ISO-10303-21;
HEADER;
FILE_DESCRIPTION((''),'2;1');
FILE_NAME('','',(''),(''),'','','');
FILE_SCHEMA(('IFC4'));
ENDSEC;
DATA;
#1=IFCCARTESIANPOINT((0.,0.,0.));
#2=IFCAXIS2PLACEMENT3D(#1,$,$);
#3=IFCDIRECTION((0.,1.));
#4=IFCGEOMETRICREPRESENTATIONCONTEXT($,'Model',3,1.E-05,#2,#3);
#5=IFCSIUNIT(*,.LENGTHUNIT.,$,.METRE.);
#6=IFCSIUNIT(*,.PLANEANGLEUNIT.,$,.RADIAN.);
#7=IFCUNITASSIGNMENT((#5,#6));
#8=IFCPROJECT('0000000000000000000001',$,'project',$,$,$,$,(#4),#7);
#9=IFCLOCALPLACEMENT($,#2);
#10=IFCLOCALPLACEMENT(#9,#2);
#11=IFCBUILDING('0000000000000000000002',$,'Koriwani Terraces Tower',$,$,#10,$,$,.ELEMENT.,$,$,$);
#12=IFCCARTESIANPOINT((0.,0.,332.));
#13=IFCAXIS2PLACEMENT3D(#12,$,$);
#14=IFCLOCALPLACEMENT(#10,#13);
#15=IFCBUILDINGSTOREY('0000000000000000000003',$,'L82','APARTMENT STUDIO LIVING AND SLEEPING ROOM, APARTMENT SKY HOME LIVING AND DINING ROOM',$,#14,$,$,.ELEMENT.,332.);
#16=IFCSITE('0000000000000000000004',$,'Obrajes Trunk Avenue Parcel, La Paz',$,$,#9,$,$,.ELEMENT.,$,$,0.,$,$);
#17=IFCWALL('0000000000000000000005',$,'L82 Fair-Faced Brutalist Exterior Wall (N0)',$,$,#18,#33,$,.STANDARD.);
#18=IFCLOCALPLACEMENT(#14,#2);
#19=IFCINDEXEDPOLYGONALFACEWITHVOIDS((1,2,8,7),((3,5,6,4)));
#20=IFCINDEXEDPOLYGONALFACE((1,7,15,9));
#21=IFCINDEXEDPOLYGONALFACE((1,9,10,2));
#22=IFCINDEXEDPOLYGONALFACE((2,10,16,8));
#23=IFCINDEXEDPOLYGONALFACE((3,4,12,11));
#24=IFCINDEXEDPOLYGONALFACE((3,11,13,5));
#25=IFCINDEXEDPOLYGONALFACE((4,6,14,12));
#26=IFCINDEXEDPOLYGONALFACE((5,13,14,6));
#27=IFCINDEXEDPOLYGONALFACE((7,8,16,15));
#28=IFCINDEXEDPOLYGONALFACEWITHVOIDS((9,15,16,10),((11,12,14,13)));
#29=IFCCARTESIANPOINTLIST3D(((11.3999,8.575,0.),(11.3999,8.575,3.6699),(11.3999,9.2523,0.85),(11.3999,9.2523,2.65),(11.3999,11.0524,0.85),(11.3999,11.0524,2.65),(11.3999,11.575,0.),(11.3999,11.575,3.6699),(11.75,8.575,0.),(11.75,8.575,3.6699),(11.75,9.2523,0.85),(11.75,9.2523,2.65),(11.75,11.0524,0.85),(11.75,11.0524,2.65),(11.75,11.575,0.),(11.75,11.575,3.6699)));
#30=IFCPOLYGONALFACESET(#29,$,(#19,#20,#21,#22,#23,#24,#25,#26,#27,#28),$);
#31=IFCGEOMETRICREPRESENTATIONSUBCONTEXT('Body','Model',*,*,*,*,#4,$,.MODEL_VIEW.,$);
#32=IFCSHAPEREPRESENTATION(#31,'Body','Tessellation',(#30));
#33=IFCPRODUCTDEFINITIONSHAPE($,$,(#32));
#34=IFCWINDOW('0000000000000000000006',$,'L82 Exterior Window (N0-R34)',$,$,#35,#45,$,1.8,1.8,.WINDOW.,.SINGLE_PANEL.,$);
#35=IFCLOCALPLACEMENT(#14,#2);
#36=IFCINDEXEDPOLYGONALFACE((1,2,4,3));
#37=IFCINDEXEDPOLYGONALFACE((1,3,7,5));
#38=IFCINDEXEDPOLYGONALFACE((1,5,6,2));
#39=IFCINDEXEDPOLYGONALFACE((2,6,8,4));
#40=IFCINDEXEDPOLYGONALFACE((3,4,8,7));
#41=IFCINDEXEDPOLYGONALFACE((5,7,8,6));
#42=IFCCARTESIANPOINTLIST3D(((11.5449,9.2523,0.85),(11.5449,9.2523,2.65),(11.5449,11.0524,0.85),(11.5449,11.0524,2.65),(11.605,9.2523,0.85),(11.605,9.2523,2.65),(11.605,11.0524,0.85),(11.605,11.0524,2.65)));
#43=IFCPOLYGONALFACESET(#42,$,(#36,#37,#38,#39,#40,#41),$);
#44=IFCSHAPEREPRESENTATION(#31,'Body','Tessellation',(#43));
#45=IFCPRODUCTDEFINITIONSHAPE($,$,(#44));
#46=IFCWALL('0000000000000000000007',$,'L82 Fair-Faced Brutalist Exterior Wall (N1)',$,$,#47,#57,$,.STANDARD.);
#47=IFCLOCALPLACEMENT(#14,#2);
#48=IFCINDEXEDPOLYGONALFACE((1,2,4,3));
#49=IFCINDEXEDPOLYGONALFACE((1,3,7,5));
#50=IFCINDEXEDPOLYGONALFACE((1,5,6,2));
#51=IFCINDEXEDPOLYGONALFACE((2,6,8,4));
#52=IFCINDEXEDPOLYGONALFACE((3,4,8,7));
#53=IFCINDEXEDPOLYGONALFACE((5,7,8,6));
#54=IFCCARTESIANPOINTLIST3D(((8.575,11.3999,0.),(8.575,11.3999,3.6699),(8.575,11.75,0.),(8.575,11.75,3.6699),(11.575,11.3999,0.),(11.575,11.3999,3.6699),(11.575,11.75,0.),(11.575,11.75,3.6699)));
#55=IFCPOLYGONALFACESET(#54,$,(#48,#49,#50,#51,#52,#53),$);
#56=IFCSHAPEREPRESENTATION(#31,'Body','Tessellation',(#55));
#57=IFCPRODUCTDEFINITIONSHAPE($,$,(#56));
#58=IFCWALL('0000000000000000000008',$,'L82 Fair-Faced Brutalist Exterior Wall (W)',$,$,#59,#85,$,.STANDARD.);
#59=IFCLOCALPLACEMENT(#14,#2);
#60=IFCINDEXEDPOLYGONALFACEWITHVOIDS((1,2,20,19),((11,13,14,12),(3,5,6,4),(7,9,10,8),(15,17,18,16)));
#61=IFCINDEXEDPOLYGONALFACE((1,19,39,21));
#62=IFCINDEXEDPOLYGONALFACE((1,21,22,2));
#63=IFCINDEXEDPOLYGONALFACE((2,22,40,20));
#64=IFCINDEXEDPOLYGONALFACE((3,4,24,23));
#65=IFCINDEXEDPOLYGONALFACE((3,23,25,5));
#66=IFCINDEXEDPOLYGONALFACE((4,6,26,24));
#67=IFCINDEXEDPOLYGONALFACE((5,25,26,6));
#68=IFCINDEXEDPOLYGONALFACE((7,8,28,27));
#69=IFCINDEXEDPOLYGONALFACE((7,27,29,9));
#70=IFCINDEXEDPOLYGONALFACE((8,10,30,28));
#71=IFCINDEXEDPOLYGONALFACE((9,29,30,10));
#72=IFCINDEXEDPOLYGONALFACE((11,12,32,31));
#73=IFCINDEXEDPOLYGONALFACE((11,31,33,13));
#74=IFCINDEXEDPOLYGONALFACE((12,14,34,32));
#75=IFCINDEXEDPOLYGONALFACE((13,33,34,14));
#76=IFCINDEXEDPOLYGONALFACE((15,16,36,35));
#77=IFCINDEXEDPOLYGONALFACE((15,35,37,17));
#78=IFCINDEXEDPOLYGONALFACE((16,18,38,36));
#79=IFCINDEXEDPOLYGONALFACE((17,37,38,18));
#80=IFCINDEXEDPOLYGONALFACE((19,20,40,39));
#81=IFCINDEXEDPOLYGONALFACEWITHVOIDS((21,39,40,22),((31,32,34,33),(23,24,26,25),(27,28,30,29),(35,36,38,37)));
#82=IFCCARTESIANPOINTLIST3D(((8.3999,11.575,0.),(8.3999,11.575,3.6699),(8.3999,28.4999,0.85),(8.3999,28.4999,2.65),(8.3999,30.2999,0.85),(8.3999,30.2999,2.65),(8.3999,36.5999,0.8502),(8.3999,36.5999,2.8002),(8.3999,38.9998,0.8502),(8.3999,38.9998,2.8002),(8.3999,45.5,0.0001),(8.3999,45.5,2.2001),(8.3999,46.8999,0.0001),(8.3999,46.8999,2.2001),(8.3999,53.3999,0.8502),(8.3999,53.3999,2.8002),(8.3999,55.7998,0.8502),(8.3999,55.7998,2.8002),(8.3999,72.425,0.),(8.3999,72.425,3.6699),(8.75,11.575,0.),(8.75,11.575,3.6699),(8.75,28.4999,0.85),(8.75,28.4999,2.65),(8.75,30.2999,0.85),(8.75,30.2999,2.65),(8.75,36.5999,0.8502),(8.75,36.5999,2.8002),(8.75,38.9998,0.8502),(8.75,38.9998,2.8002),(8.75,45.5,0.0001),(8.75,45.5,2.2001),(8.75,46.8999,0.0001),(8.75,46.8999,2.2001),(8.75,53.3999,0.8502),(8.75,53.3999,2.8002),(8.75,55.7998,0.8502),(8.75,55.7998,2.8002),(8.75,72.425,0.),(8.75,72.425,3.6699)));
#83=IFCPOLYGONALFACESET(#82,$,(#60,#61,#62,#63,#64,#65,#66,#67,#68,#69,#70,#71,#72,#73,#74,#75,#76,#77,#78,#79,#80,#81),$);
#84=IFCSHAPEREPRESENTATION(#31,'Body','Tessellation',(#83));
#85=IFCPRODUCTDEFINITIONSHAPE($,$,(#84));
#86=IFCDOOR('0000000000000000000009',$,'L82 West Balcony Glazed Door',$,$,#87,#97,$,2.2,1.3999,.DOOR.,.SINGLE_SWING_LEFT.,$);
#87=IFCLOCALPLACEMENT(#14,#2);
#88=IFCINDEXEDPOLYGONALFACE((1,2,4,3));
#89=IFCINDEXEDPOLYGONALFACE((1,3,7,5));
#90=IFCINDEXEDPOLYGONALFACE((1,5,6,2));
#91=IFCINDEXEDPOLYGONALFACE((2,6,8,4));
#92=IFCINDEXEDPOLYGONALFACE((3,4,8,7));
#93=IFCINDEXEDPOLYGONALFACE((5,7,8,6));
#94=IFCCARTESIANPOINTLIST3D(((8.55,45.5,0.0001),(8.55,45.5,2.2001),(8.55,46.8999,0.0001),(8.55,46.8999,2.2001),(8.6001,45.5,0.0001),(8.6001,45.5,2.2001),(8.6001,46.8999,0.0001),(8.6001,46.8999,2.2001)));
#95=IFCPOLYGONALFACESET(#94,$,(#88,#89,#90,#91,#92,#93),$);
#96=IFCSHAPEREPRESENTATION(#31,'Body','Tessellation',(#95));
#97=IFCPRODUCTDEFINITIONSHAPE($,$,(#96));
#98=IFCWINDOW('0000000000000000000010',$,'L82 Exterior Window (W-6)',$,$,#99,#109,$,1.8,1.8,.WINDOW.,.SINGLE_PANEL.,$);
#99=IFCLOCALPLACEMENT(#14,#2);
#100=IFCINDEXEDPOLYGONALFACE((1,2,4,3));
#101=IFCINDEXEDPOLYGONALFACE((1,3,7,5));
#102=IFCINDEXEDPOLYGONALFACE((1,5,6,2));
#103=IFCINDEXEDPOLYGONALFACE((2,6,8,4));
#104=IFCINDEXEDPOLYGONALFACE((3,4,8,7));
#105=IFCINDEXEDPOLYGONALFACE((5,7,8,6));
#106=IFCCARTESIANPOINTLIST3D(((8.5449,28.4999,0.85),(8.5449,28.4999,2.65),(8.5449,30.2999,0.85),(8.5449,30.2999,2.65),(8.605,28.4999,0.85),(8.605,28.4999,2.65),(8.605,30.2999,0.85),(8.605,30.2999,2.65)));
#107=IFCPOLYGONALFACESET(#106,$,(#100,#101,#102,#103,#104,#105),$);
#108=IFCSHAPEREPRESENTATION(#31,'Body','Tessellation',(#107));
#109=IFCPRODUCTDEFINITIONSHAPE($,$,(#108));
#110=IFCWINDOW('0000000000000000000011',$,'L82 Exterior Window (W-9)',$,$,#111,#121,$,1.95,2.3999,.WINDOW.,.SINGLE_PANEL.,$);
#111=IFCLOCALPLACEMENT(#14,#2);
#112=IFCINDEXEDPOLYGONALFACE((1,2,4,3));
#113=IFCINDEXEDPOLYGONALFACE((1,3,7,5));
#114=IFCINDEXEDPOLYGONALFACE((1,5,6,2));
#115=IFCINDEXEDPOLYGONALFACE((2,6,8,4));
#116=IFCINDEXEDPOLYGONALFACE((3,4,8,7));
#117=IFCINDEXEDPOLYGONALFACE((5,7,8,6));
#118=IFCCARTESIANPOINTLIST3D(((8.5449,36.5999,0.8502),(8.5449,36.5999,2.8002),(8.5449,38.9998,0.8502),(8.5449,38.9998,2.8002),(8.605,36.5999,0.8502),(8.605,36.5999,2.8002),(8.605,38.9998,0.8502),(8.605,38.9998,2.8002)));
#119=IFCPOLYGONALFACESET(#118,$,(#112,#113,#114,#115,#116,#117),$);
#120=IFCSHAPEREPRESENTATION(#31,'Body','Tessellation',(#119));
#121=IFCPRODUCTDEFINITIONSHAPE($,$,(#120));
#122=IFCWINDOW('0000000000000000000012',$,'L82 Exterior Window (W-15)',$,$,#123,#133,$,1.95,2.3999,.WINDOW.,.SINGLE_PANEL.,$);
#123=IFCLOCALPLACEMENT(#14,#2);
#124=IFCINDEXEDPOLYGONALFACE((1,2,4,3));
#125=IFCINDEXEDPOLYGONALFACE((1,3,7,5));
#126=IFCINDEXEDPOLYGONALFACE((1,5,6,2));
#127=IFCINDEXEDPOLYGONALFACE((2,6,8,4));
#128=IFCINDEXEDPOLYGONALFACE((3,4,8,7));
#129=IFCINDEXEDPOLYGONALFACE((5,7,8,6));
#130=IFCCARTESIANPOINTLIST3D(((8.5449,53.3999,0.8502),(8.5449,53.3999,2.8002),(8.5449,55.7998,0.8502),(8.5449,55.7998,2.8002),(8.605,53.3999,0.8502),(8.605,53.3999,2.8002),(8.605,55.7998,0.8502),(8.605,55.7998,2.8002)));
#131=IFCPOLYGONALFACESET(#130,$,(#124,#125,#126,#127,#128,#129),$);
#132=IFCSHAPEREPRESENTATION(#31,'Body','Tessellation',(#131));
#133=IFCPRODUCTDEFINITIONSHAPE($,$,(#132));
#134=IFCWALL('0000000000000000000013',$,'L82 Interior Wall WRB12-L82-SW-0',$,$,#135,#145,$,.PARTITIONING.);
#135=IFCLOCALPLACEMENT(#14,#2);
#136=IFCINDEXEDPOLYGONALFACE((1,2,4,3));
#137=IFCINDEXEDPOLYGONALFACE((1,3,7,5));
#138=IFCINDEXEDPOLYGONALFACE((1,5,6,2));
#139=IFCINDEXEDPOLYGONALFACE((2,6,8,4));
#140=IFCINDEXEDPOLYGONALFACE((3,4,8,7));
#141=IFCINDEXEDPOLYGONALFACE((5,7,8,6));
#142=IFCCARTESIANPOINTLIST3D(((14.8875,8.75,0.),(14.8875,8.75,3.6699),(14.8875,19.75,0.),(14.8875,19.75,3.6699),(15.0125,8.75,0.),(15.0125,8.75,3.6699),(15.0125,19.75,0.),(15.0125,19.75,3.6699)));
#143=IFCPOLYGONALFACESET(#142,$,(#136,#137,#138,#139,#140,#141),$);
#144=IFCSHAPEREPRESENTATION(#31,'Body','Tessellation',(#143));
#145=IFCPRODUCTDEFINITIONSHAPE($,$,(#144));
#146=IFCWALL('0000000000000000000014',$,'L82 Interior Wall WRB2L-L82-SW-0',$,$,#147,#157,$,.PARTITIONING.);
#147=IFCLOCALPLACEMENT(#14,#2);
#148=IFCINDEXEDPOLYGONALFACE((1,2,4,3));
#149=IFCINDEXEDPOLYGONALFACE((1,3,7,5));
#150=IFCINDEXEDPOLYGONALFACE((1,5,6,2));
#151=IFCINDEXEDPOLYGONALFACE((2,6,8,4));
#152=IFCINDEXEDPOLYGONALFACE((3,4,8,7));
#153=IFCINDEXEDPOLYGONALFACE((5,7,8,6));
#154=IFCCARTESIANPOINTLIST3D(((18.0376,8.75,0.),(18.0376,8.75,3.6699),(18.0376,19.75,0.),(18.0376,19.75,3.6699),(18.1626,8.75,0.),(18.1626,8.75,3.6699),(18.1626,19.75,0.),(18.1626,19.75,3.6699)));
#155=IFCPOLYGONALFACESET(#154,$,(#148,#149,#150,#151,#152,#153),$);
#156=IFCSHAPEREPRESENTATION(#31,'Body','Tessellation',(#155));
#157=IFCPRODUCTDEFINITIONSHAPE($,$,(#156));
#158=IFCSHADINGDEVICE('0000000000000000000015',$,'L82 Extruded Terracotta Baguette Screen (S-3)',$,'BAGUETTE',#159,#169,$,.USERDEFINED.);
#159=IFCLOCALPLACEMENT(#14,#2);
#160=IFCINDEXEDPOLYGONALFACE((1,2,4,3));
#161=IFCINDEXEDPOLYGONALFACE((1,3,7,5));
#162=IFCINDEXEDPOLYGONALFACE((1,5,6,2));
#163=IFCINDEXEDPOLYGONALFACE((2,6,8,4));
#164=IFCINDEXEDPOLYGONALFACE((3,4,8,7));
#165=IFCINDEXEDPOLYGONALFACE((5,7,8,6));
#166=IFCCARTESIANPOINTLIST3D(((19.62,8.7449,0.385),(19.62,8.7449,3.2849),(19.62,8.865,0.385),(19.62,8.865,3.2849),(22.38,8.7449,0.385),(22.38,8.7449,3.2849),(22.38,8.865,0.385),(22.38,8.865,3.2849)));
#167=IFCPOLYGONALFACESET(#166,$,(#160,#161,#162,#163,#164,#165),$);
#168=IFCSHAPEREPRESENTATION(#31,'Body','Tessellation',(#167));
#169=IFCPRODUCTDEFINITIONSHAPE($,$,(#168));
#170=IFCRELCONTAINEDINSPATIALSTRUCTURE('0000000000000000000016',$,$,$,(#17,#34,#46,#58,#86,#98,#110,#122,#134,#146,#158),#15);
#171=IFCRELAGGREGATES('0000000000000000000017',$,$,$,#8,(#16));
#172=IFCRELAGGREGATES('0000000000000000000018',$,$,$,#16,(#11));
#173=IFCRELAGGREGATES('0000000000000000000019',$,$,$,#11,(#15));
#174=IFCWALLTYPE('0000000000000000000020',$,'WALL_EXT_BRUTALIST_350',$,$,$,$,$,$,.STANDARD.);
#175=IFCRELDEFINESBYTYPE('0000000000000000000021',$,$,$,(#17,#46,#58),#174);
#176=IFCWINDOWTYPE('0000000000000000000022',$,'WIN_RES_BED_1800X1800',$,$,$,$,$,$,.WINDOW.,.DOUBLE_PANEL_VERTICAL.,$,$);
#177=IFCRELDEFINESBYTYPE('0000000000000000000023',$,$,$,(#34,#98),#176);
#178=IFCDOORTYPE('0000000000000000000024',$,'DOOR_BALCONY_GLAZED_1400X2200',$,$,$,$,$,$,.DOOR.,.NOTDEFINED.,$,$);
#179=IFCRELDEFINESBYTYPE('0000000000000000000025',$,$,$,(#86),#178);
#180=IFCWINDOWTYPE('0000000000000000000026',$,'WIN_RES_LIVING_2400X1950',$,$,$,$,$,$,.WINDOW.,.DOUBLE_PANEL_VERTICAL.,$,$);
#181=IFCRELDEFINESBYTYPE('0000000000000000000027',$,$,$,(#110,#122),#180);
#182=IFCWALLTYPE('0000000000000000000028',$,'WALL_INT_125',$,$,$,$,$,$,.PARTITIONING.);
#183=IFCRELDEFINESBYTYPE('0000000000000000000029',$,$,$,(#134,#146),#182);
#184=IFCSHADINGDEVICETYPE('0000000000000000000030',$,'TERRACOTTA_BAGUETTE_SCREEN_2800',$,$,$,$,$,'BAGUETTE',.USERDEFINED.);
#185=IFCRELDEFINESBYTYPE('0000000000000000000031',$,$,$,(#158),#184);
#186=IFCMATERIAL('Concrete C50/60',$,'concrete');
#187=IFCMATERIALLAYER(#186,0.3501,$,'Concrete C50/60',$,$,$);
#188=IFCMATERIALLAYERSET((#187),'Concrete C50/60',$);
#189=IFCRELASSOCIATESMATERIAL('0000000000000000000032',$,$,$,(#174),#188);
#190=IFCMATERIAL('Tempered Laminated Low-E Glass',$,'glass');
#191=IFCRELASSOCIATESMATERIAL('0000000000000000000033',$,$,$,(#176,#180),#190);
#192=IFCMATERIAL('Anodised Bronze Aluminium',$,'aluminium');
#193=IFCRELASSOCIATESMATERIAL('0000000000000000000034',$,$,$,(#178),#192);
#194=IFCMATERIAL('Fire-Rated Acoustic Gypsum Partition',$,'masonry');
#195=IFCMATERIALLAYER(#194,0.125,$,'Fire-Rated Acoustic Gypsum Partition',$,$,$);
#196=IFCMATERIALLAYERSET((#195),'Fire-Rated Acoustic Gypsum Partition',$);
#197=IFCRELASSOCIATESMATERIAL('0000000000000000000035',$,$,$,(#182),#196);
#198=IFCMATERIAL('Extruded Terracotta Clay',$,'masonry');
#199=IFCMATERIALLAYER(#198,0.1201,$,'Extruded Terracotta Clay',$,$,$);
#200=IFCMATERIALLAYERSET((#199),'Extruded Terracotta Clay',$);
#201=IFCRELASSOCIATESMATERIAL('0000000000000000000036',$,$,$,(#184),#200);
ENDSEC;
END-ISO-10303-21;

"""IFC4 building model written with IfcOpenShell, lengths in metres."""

from ifc_helpers import new_model, si_unit, direction, frame, frame_2d, origin, origin_2d, place, context, subcontext, project, spatial, rectangle, extrude, material, layer, layer_set, type_object, element, fill, save


model = new_model("IFC4")

# Units and contexts
model_context = context("Model", 3, precision=1e-05, world=origin(), true_north=direction((0.0, 1.0)))
body_context = subcontext(model_context, "Body", "Model", "MODEL_VIEW")
ifc_project = project(units=[si_unit("LENGTHUNIT", "METRE"), si_unit("PLANEANGLEUNIT", "RADIAN")], contexts=[model_context])

# Site, building, storey
site_placement = place(None, origin())
site = spatial("IfcSite", under=ifc_project, at=site_placement, Name="Obrajes Trunk Avenue Parcel, La Paz", CompositionType="ELEMENT", RefElevation=0.0)
building_placement = place(site_placement, origin())
building = spatial("IfcBuilding", under=site, at=building_placement, Name="Koriwani Terraces Tower", CompositionType="ELEMENT")
storey_placement = place(building_placement, frame((0.0, 0.0, 332.0)))
storey = spatial("IfcBuildingStorey", under=building, at=storey_placement, Name="L82", Description="APARTMENT STUDIO LIVING AND SLEEPING ROOM, APARTMENT SKY HOME LIVING AND DINING ROOM", CompositionType="ELEMENT", Elevation=332.0)

# Shared definitions
ifc_material_1 = material(Name="Concrete C50/60", Category="concrete")

# Wall, opening, window
ifc_layer_1 = layer(ifc_material_1, 0.3501, Name="Concrete C50/60")
ifc_layer_set_1 = layer_set([ifc_layer_1], Name="Concrete C50/60")
wall_type_1 = type_object("IfcWallType", Name="WALL_EXT_BRUTALIST_350", PredefinedType="STANDARD", material=ifc_layer_set_1)
wall_1_placement = place(storey_placement, frame((11.575, 8.575, 0.0), z_axis=(0.0, 0.0, 1.0), x_axis=(0.0, 1.0, 0.0)))
wall_1 = element("IfcWall", 1, at=wall_1_placement, inside=storey, type_object=wall_type_1, Name="L82 Fair-Faced Brutalist Exterior Wall (N0)", PredefinedType="STANDARD", context=body_context, shape_type="SweptSolid", body=[
    extrude(rectangle(XDim=3.0, YDim=0.3501, at=frame_2d((1.5, 0.0))), origin(), (0.0, 0.0, 1.0), 3.6699),
])
opening_1_placement = place(wall_1_placement, frame((0.6775, 0.0, 0.8501)))
opening_1 = element("IfcOpeningElement", 2, at=opening_1_placement, cuts=wall_1, PredefinedType="OPENING", context=body_context, shape_type="SweptSolid", body=[
    extrude(rectangle(XDim=1.8, YDim=1.8, at=frame_2d((0.8999, 0.8999))), frame((0.0, 0.1851, 0.0), z_axis=(0.0, -1.0, 0.0), x_axis=(1.0, 0.0, 0.0)), (0.0, 0.0, 1.0), 0.3701),
])
ifc_material_2 = material(Name="Tempered Laminated Low-E Glass", Category="glass")
window_type_1 = type_object("IfcWindowType", Name="WIN_RES_BED_1800X1800", PartitioningType="DOUBLE_PANEL_VERTICAL", PredefinedType="WINDOW", material=ifc_material_2)
window_1_placement = place(opening_1_placement, origin())
window_1 = element("IfcWindow", 3, at=window_1_placement, inside=storey, type_object=window_type_1, Name="L82 Exterior Window (N0-R34)", OverallHeight=1.8, OverallWidth=1.8, PartitioningType="SINGLE_PANEL", PredefinedType="WINDOW", context=body_context, shape_type="SweptSolid", body=[
    extrude(rectangle(XDim=1.8, YDim=1.8, at=frame_2d((0.8999, 0.8999))), frame((0.0, 0.03, 0.0), z_axis=(0.0, -1.0, 0.0), x_axis=(1.0, 0.0, 0.0)), (0.0, 0.0, 1.0), 0.0601),
])
fill(opening_1, window_1)

# Wall
wall_2_placement = place(storey_placement, frame((11.575, 11.575, 0.0), z_axis=(0.0, 0.0, 1.0), x_axis=(-1.0, 0.0, 0.0)))
element("IfcWall", 4, at=wall_2_placement, inside=storey, type_object=wall_type_1, Name="L82 Fair-Faced Brutalist Exterior Wall (N1)", PredefinedType="STANDARD", context=body_context, shape_type="SweptSolid", body=[
    extrude(rectangle(XDim=3.0, YDim=0.3501, at=frame_2d((1.5, 0.0))), origin(), (0.0, 0.0, 1.0), 3.6699),
])

# Wall, openings, door, windows
wall_3_placement = place(storey_placement, frame((8.575, 11.575, 0.0), z_axis=(0.0, 0.0, 1.0), x_axis=(0.0, 1.0, 0.0)))
wall_3 = element("IfcWall", 5, at=wall_3_placement, inside=storey, type_object=wall_type_1, Name="L82 Fair-Faced Brutalist Exterior Wall (W)", PredefinedType="STANDARD", context=body_context, shape_type="SweptSolid", body=[
    extrude(rectangle(XDim=60.8501, YDim=0.3501, at=frame_2d((30.425, 0.0))), origin(), (0.0, 0.0, 1.0), 3.6699),
])
opening_2_placement = place(wall_3_placement, frame((33.925, 0.0, 0.0)))
opening_2 = element("IfcOpeningElement", 6, at=opening_2_placement, cuts=wall_3, PredefinedType="OPENING", context=body_context, shape_type="SweptSolid", body=[
    extrude(rectangle(XDim=1.3999, YDim=2.2, at=frame_2d((0.7, 1.1001))), frame((0.0, 0.1851, 0.0), z_axis=(0.0, -1.0, 0.0), x_axis=(1.0, 0.0, 0.0)), (0.0, 0.0, 1.0), 0.3701),
])
opening_3_placement = place(wall_3_placement, frame((16.925, 0.0, 0.8501)))
opening_3 = element("IfcOpeningElement", 7, at=opening_3_placement, cuts=wall_3, PredefinedType="OPENING", context=body_context, shape_type="SweptSolid", body=[
    extrude(rectangle(XDim=1.8, YDim=1.8, at=frame_2d((0.8999, 0.8999))), frame((0.0, 0.1851, 0.0), z_axis=(0.0, -1.0, 0.0), x_axis=(1.0, 0.0, 0.0)), (0.0, 0.0, 1.0), 0.3701),
])
opening_4_placement = place(wall_3_placement, frame((25.0249, 0.0, 0.8501)))
opening_4 = element("IfcOpeningElement", 8, at=opening_4_placement, cuts=wall_3, PredefinedType="OPENING", context=body_context, shape_type="SweptSolid", body=[
    extrude(rectangle(XDim=2.3999, YDim=1.95, at=frame_2d((1.2, 0.9751))), frame((0.0, 0.1851, 0.0), z_axis=(0.0, -1.0, 0.0), x_axis=(1.0, 0.0, 0.0)), (0.0, 0.0, 1.0), 0.3701),
])
opening_5_placement = place(wall_3_placement, frame((41.825, 0.0, 0.8501)))
opening_5 = element("IfcOpeningElement", 9, at=opening_5_placement, cuts=wall_3, PredefinedType="OPENING", context=body_context, shape_type="SweptSolid", body=[
    extrude(rectangle(XDim=2.3999, YDim=1.95, at=frame_2d((1.2, 0.9751))), frame((0.0, 0.1851, 0.0), z_axis=(0.0, -1.0, 0.0), x_axis=(1.0, 0.0, 0.0)), (0.0, 0.0, 1.0), 0.3701),
])
ifc_material_3 = material(Name="Anodised Bronze Aluminium", Category="aluminium")
door_type = type_object("IfcDoorType", Name="DOOR_BALCONY_GLAZED_1400X2200", OperationType="NOTDEFINED", PredefinedType="DOOR", material=ifc_material_3)
door_placement = place(opening_2_placement, origin())
door = element("IfcDoor", 10, at=door_placement, inside=storey, type_object=door_type, Name="L82 West Balcony Glazed Door", OperationType="SINGLE_SWING_LEFT", OverallHeight=2.2, OverallWidth=1.3999, PredefinedType="DOOR", context=body_context, shape_type="SweptSolid", body=[
    extrude(rectangle(XDim=1.3999, YDim=2.2, at=frame_2d((0.7, 1.1001))), frame((0.0, 0.0249, 0.0), z_axis=(0.0, -1.0, 0.0), x_axis=(1.0, 0.0, 0.0)), (0.0, 0.0, 1.0), 0.05),
])
fill(opening_2, door)
window_2_placement = place(opening_3_placement, origin())
window_2 = element("IfcWindow", 11, at=window_2_placement, inside=storey, type_object=window_type_1, Name="L82 Exterior Window (W-6)", OverallHeight=1.8, OverallWidth=1.8, PartitioningType="SINGLE_PANEL", PredefinedType="WINDOW", context=body_context, shape_type="SweptSolid", body=[
    extrude(rectangle(XDim=1.8, YDim=1.8, at=frame_2d((0.8999, 0.8999))), frame((0.0, 0.03, 0.0), z_axis=(0.0, -1.0, 0.0), x_axis=(1.0, 0.0, 0.0)), (0.0, 0.0, 1.0), 0.0601),
])
fill(opening_3, window_2)
window_type_2 = type_object("IfcWindowType", Name="WIN_RES_LIVING_2400X1950", PartitioningType="DOUBLE_PANEL_VERTICAL", PredefinedType="WINDOW", material=ifc_material_2)
window_3_placement = place(opening_4_placement, origin())
window_3 = element("IfcWindow", 12, at=window_3_placement, inside=storey, type_object=window_type_2, Name="L82 Exterior Window (W-9)", OverallHeight=1.95, OverallWidth=2.3999, PartitioningType="SINGLE_PANEL", PredefinedType="WINDOW", context=body_context, shape_type="SweptSolid", body=[
    extrude(rectangle(XDim=2.3999, YDim=1.95, at=frame_2d((1.2, 0.9751))), frame((0.0, 0.03, 0.0), z_axis=(0.0, -1.0, 0.0), x_axis=(1.0, 0.0, 0.0)), (0.0, 0.0, 1.0), 0.0601),
])
fill(opening_4, window_3)
window_4_placement = place(opening_5_placement, origin())
window_4 = element("IfcWindow", 13, at=window_4_placement, inside=storey, type_object=window_type_2, Name="L82 Exterior Window (W-15)", OverallHeight=1.95, OverallWidth=2.3999, PartitioningType="SINGLE_PANEL", PredefinedType="WINDOW", context=body_context, shape_type="SweptSolid", body=[
    extrude(rectangle(XDim=2.3999, YDim=1.95, at=frame_2d((1.2, 0.9751))), frame((0.0, 0.03, 0.0), z_axis=(0.0, -1.0, 0.0), x_axis=(1.0, 0.0, 0.0)), (0.0, 0.0, 1.0), 0.0601),
])
fill(opening_5, window_4)

# Walls
ifc_material_4 = material(Name="Fire-Rated Acoustic Gypsum Partition", Category="masonry")
ifc_layer_2 = layer(ifc_material_4, 0.125, Name="Fire-Rated Acoustic Gypsum Partition")
ifc_layer_set_2 = layer_set([ifc_layer_2], Name="Fire-Rated Acoustic Gypsum Partition")
wall_type_2 = type_object("IfcWallType", Name="WALL_INT_125", PredefinedType="PARTITIONING", material=ifc_layer_set_2)
for number, where, z_axis, x_axis, name in (
    (14, (14.95, 8.75, 0.0), (0.0, 0.0, 1.0), (0.0, 1.0, 0.0), "L82 Interior Wall WRB12-L82-SW-0"),
    (15, (18.1001, 8.75, 0.0), (0.0, 0.0, 1.0), (0.0, 1.0, 0.0), "L82 Interior Wall WRB2L-L82-SW-0"),
):
    element("IfcWall", number, at=place(storey_placement, frame(where, z_axis=z_axis, x_axis=x_axis)), inside=storey, type_object=wall_type_2, Name=name, PredefinedType="PARTITIONING", context=body_context, shape_type="SweptSolid", body=[
        extrude(rectangle(XDim=11.0, YDim=0.125, at=frame_2d((5.5, 0.0))), origin(), (0.0, 0.0, 1.0), 3.6699),
    ])

# Shading device
ifc_material_5 = material(Name="Extruded Terracotta Clay", Category="masonry")
ifc_layer_3 = layer(ifc_material_5, 0.1201, Name="Extruded Terracotta Clay")
ifc_layer_set_3 = layer_set([ifc_layer_3], Name="Extruded Terracotta Clay")
shading_device_type = type_object("IfcShadingDeviceType", Name="TERRACOTTA_BAGUETTE_SCREEN_2800", ElementType="BAGUETTE", PredefinedType="USERDEFINED", material=ifc_layer_set_3)
shading_device_placement = place(storey_placement, frame((21.0, 8.8049, 0.385), z_axis=(0.0, 0.0, 1.0), x_axis=(-1.0, 0.0, 0.0)))
element("IfcShadingDevice", 16, at=shading_device_placement, inside=storey, type_object=shading_device_type, Name="L82 Extruded Terracotta Baguette Screen (S-3)", ObjectType="BAGUETTE", PredefinedType="USERDEFINED", context=body_context, shape_type="SweptSolid", body=[
    extrude(rectangle(XDim=2.76, YDim=0.1201, at=origin_2d()), origin(), (0.0, 0.0, 1.0), 2.8999),
])

save(model, "model.ifc")
